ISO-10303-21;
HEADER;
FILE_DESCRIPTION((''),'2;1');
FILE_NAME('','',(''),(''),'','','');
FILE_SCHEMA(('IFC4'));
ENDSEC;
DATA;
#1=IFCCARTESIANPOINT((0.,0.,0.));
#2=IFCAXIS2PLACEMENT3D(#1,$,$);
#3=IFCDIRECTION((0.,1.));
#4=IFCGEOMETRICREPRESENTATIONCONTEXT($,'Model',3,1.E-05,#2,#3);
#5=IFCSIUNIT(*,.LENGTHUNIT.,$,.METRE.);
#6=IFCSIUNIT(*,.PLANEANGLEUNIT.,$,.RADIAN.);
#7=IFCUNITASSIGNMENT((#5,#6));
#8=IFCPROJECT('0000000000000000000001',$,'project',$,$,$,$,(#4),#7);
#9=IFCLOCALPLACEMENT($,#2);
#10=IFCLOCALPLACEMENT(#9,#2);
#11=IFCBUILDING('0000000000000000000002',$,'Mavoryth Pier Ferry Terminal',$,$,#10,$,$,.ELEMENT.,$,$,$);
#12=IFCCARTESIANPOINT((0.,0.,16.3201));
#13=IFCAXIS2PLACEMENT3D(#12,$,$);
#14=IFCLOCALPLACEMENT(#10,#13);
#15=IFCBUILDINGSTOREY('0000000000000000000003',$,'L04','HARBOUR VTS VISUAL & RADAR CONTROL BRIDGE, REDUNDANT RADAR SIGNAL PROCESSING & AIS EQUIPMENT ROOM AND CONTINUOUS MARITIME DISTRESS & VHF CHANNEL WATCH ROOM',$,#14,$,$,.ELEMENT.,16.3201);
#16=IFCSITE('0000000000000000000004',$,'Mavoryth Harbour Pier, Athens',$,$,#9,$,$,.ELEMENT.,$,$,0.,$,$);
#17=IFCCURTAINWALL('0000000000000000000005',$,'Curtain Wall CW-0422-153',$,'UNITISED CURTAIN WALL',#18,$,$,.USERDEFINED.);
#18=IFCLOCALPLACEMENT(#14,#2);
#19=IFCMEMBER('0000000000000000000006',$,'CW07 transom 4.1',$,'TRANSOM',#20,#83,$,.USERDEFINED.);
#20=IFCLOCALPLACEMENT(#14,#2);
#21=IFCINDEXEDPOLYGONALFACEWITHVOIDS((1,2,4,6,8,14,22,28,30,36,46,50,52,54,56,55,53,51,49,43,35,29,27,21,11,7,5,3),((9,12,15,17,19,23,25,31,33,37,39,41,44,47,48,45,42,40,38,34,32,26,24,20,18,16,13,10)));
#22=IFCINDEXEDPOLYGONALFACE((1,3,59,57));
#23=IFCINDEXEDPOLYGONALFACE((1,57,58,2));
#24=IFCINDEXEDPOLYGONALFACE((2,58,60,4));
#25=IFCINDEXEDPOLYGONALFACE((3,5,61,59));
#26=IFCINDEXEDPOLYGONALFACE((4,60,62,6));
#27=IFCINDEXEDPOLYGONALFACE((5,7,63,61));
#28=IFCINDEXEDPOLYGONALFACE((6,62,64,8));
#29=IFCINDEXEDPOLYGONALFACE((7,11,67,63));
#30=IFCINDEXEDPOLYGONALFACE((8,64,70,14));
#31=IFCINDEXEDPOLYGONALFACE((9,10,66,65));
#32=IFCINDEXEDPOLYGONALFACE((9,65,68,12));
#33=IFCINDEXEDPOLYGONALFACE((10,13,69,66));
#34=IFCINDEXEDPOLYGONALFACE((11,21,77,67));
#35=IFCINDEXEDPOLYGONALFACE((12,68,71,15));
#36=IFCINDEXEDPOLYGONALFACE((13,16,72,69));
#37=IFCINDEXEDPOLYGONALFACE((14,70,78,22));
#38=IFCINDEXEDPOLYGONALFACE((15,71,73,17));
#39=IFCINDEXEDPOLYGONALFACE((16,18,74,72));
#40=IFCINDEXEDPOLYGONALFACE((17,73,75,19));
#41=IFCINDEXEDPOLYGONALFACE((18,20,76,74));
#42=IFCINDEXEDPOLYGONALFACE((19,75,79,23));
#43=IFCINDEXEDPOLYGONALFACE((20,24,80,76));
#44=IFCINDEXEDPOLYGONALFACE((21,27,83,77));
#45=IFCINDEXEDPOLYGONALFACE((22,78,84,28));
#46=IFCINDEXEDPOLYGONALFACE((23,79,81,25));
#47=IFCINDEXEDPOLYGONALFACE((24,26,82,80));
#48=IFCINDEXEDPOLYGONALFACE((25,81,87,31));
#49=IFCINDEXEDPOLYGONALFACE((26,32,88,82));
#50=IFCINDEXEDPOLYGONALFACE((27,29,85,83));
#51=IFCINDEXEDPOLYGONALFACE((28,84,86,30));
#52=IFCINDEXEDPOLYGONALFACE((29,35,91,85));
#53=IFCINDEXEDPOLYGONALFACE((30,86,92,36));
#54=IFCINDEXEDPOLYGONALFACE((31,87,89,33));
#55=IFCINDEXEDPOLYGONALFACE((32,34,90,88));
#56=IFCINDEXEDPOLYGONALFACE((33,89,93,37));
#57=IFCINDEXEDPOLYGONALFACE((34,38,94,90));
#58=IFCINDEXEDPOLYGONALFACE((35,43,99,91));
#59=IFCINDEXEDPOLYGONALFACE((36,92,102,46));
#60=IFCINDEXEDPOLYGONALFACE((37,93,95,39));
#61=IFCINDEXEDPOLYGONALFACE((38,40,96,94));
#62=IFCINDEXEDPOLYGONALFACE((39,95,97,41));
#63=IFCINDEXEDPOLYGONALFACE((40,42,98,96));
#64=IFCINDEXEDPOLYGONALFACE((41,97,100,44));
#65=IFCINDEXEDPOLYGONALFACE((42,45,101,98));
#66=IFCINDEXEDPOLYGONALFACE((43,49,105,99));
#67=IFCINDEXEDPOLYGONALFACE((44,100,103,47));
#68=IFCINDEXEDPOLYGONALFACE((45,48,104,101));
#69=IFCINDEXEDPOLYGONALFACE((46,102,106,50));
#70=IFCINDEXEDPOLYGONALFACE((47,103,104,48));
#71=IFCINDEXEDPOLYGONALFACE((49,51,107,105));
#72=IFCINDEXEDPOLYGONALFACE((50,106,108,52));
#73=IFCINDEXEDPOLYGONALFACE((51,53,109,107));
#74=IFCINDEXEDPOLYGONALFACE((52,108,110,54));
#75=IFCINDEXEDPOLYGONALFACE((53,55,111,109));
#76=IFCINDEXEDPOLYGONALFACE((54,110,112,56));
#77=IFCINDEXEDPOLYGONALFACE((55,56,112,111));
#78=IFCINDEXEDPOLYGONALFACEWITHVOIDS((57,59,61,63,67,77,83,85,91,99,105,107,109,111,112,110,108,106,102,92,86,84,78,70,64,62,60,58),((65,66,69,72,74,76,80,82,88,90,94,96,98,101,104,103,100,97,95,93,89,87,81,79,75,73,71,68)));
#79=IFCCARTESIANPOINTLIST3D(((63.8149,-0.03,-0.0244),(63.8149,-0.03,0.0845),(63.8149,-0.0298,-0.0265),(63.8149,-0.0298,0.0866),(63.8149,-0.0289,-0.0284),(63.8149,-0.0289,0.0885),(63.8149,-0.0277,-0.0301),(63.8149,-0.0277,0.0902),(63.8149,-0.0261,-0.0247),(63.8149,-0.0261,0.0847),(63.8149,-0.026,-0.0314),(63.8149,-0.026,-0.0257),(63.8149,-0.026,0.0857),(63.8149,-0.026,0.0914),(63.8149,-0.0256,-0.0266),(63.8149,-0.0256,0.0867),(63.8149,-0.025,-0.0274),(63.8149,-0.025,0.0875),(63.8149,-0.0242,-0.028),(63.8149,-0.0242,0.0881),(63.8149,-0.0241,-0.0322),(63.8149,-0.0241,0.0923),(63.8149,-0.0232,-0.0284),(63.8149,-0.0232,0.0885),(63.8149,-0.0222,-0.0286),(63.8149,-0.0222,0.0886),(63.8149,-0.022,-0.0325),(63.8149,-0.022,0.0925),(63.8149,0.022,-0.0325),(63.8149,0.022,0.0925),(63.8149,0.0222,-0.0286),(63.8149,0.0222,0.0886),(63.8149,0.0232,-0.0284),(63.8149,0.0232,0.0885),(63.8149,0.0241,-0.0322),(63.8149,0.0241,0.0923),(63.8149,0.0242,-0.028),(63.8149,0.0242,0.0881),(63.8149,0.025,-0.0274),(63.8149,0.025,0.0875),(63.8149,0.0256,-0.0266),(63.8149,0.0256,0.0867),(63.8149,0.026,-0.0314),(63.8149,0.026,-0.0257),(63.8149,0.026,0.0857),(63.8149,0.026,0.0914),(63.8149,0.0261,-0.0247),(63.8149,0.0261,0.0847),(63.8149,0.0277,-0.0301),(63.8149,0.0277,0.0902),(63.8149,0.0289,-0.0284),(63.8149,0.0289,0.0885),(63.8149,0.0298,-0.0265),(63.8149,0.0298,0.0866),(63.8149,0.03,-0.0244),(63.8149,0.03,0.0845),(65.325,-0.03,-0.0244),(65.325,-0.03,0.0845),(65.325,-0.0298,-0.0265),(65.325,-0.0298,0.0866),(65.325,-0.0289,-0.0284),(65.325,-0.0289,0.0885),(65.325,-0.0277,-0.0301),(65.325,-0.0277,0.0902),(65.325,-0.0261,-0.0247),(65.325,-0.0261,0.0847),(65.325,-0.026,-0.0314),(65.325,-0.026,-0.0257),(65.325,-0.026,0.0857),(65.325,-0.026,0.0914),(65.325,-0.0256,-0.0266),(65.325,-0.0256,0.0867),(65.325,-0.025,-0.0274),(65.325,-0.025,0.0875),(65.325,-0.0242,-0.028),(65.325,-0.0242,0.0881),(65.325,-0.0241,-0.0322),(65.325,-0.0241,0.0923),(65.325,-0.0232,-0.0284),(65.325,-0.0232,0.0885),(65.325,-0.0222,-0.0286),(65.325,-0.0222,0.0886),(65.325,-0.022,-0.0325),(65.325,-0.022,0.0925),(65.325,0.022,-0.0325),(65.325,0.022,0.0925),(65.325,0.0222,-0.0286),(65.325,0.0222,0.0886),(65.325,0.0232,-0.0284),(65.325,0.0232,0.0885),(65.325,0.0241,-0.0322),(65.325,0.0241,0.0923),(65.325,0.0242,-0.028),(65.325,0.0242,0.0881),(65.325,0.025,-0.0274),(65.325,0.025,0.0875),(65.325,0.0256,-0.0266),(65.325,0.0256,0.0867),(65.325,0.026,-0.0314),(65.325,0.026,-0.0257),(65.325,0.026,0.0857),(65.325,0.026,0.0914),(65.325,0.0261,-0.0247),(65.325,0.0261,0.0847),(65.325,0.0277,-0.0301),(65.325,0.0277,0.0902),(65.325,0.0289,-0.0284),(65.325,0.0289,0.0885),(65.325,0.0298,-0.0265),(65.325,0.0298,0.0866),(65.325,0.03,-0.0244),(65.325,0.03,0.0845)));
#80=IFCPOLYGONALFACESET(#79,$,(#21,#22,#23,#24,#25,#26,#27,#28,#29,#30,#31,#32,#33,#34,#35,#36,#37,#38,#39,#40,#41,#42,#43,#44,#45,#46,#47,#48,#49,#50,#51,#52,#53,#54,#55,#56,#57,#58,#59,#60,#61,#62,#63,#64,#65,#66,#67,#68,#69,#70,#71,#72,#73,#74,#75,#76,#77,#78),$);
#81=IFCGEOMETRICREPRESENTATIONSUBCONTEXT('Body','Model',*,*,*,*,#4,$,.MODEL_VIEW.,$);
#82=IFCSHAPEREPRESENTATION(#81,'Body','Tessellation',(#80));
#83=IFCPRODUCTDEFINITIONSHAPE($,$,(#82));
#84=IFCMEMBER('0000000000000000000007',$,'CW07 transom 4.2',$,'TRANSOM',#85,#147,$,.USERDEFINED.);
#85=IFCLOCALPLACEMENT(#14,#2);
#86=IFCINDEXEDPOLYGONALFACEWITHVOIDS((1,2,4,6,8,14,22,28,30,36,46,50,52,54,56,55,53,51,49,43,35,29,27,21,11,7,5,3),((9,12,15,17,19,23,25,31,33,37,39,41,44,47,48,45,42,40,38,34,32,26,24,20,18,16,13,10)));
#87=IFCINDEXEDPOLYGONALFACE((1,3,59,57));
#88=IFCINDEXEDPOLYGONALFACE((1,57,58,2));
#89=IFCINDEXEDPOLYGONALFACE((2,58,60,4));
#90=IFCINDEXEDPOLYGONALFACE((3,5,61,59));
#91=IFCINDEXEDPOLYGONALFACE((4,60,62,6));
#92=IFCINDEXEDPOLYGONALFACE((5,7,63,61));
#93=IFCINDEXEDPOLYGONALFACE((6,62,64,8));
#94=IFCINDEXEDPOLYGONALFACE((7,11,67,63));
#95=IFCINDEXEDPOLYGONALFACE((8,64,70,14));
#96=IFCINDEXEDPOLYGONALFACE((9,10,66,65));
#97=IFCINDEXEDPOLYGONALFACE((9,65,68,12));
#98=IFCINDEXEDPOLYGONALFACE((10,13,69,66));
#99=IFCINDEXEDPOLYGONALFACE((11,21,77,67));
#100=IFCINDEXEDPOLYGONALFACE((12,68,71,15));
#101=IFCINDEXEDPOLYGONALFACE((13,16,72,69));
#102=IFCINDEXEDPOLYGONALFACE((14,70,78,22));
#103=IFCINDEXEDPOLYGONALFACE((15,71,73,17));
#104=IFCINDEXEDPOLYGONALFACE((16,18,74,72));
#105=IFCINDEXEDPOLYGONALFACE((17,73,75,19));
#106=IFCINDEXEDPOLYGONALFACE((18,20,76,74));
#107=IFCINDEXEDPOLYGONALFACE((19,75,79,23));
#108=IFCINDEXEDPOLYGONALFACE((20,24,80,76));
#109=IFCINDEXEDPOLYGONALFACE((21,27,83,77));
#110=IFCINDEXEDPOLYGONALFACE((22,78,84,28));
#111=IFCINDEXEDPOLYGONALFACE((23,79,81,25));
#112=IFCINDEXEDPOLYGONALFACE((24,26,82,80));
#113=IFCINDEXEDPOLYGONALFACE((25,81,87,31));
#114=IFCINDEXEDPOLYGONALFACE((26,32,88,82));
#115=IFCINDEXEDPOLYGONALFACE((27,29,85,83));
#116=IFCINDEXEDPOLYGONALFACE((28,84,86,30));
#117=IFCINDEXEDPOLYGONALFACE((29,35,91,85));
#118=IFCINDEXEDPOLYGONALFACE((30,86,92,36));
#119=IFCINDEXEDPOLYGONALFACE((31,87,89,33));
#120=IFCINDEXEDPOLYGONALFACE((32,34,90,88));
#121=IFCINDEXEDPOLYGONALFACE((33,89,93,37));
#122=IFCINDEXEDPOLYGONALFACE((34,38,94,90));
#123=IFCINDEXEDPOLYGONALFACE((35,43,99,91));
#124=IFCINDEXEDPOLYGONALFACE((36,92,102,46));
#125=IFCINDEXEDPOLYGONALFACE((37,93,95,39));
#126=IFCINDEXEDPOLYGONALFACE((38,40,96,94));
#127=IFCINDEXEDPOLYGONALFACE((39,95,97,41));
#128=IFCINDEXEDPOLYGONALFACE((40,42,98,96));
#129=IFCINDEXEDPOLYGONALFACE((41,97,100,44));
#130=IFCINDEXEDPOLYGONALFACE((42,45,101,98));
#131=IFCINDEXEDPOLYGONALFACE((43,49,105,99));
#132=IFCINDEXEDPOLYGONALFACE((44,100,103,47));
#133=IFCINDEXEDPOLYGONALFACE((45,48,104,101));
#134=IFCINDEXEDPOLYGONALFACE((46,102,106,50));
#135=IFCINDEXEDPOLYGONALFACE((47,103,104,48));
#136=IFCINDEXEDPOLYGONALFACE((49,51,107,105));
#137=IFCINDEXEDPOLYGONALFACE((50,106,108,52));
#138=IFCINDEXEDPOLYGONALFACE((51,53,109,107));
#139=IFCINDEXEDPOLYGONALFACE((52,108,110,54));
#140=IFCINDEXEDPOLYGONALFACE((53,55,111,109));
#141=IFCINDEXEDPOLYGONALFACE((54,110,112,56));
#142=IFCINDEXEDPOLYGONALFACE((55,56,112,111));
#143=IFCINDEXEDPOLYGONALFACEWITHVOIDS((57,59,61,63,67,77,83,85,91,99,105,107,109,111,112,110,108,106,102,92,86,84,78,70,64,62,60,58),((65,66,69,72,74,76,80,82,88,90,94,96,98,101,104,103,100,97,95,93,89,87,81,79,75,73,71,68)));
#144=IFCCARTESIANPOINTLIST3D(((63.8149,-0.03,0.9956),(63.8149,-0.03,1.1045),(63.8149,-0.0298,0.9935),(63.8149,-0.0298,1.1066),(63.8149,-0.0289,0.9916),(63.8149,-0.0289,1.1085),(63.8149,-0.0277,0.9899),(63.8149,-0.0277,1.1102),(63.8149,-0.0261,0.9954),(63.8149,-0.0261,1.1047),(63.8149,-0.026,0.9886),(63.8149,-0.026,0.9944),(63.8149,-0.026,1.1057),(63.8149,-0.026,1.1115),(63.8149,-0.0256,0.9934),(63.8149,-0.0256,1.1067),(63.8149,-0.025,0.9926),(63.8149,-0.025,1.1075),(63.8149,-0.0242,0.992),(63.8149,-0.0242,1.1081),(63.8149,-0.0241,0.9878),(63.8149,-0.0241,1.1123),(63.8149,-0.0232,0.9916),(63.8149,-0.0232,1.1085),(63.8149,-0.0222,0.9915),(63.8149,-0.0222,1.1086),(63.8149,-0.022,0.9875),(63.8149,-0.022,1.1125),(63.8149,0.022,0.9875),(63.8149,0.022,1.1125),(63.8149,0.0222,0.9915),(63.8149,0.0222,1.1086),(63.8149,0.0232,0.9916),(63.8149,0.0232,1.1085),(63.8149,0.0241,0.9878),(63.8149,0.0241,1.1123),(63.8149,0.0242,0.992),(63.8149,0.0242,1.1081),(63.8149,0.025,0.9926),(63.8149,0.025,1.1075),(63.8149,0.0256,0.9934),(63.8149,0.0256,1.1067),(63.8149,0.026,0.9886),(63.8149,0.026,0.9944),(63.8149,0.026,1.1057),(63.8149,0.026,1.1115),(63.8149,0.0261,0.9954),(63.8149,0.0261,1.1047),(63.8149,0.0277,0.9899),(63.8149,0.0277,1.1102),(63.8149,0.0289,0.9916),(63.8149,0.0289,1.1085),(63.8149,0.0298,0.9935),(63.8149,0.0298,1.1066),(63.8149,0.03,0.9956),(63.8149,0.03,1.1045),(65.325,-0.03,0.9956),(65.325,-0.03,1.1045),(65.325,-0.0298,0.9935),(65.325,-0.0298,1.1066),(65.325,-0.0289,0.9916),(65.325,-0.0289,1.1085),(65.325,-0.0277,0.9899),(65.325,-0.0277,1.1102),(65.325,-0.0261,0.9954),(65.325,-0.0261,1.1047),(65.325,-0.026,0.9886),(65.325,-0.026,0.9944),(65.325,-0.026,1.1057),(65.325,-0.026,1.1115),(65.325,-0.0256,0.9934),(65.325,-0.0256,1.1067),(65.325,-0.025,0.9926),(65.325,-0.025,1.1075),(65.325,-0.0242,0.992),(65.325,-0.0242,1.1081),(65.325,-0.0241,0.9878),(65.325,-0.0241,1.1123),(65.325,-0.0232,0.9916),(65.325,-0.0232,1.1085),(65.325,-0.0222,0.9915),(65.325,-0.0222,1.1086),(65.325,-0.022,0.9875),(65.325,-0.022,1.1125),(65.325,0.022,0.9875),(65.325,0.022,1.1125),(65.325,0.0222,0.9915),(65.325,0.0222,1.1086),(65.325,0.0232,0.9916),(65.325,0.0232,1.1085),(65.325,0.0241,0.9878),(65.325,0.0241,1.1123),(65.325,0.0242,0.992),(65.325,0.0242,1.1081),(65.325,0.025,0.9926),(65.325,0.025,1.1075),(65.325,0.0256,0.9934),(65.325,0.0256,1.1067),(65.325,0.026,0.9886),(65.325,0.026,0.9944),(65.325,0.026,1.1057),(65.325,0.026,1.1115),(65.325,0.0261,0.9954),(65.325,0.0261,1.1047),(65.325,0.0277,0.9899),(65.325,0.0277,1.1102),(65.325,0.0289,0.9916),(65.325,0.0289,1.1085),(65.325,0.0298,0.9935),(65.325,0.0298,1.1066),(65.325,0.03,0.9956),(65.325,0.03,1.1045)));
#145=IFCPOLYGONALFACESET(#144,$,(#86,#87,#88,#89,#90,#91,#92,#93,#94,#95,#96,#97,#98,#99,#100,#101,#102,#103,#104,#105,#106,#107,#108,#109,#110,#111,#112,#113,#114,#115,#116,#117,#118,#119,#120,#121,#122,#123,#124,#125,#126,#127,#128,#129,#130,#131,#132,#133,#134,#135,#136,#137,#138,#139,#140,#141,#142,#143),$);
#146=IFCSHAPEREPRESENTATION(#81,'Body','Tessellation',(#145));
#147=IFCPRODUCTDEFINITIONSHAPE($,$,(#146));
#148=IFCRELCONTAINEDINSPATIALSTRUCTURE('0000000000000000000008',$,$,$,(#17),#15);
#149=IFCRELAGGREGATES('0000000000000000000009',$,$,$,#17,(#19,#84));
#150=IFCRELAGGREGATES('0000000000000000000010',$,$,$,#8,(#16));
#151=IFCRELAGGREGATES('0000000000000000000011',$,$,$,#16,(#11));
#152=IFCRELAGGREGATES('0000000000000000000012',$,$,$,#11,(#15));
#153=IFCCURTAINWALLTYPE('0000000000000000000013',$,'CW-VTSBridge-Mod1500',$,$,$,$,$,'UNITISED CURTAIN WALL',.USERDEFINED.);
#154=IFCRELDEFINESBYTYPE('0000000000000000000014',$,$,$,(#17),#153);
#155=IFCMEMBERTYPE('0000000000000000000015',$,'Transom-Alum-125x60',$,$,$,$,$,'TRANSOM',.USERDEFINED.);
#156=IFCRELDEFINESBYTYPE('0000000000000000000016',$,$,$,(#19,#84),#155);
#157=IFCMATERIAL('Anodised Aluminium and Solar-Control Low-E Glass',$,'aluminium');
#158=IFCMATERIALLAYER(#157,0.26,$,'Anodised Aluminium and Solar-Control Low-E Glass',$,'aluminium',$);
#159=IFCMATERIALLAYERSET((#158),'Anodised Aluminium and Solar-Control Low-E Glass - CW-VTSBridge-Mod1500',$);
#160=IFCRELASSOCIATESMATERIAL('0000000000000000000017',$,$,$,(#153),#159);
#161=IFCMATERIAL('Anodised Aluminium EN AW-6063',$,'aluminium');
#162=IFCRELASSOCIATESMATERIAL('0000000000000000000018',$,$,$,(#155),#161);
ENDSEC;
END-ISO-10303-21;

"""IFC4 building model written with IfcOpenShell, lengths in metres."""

from ifc_helpers import new_model, si_unit, direction, frame, origin, origin_2d, place, context, subcontext, project, spatial, hollow_rectangle, extrude, material, layer, layer_set, material_profile, profile_set, type_object, element, aggregate, save


model = new_model("IFC4")

# Units and contexts
model_context = context("Model", 3, precision=1e-05, world=origin(), true_north=direction((0.0, 1.0)))
body_context = subcontext(model_context, "Body", "Model", "MODEL_VIEW")
ifc_project = project(units=[si_unit("LENGTHUNIT", "METRE"), si_unit("PLANEANGLEUNIT", "RADIAN")], contexts=[model_context])

# Site, building, storey
site_placement = place(None, origin())
site = spatial("IfcSite", under=ifc_project, at=site_placement, Name="Mavoryth Harbour Pier, Athens", CompositionType="ELEMENT", RefElevation=0.0)
building_placement = place(site_placement, origin())
building = spatial("IfcBuilding", under=site, at=building_placement, Name="Mavoryth Pier Ferry Terminal", CompositionType="ELEMENT")
storey_placement = place(building_placement, frame((0.0, 0.0, 16.3201)))
storey = spatial("IfcBuildingStorey", under=building, at=storey_placement, Name="L04", Description="HARBOUR VTS VISUAL & RADAR CONTROL BRIDGE, REDUNDANT RADAR SIGNAL PROCESSING & AIS EQUIPMENT ROOM AND CONTINUOUS MARITIME DISTRESS & VHF CHANNEL WATCH ROOM", CompositionType="ELEMENT", Elevation=16.3201)

# Curtain wall, members
ifc_material_1 = material(Name="Anodised Aluminium and Solar-Control Low-E Glass", Category="aluminium")
ifc_layer_1 = layer(ifc_material_1, 0.26, Name="Anodised Aluminium and Solar-Control Low-E Glass", Category="aluminium")
ifc_layer_set_1 = layer_set([ifc_layer_1], Name="Anodised Aluminium and Solar-Control Low-E Glass - CW-VTSBridge-Mod1500")
curtain_wall_type = type_object("IfcCurtainWallType", Name="CW-VTSBridge-Mod1500", ElementType="UNITISED CURTAIN WALL", PredefinedType="USERDEFINED", material=ifc_layer_set_1)
curtain_wall_placement = place(storey_placement, origin())
curtain_wall = element("IfcCurtainWall", 1, at=curtain_wall_placement, inside=storey, type_object=curtain_wall_type, Name="Curtain Wall CW-0422-153", ObjectType="UNITISED CURTAIN WALL", PredefinedType="USERDEFINED")
ifc_material_2 = material(Name="Anodised Aluminium EN AW-6063", Category="aluminium")
ifc_material_profile_1 = material_profile(ifc_material_2, hollow_rectangle(XDim=0.0601, YDim=0.125, WallThickness=0.0039, InnerFilletRadius=0.0039, OuterFilletRadius=0.0081, at=origin_2d()), Name="AL-TRAN 125x60x4", Category="aluminium")
ifc_profile_set_1 = profile_set([ifc_material_profile_1], Name="Anodised Aluminium EN AW-6063 - AL-TRAN 125x60x4")
member_type_1 = type_object("IfcMemberType", Name="Transom-Alum-125x60", ElementType="TRANSOM", PredefinedType="USERDEFINED", material=ifc_profile_set_1)
member_1_placement = place(storey_placement, frame((63.8149, 0.0, 0.03), z_axis=(1.0, 0.0, 0.0), x_axis=(0.0, 1.0, 0.0)))
member_1 = element("IfcMember", 2, at=member_1_placement, type_object=member_type_1, Name="CW07 transom 4.1", ObjectType="TRANSOM", PredefinedType="USERDEFINED", context=body_context, shape_type="SweptSolid", body=[
    extrude(hollow_rectangle(XDim=0.0601, YDim=0.125, WallThickness=0.0039, InnerFilletRadius=0.0039, OuterFilletRadius=0.0081, at=origin_2d()), origin(), (0.0, 0.0, 1.0), 1.51),
])
member_2_placement = place(storey_placement, frame((63.8149, 0.0, 1.05), z_axis=(1.0, 0.0, 0.0), x_axis=(0.0, 1.0, 0.0)))
member_2 = element("IfcMember", 3, at=member_2_placement, type_object=member_type_1, Name="CW07 transom 4.2", ObjectType="TRANSOM", PredefinedType="USERDEFINED", context=body_context, shape_type="SweptSolid", body=[
    extrude(hollow_rectangle(XDim=0.0601, YDim=0.125, WallThickness=0.0039, InnerFilletRadius=0.0039, OuterFilletRadius=0.0081, at=origin_2d()), origin(), (0.0, 0.0, 1.0), 1.51),
])
aggregate(curtain_wall, [member_1, member_2])

save(model, "model.ifc")
